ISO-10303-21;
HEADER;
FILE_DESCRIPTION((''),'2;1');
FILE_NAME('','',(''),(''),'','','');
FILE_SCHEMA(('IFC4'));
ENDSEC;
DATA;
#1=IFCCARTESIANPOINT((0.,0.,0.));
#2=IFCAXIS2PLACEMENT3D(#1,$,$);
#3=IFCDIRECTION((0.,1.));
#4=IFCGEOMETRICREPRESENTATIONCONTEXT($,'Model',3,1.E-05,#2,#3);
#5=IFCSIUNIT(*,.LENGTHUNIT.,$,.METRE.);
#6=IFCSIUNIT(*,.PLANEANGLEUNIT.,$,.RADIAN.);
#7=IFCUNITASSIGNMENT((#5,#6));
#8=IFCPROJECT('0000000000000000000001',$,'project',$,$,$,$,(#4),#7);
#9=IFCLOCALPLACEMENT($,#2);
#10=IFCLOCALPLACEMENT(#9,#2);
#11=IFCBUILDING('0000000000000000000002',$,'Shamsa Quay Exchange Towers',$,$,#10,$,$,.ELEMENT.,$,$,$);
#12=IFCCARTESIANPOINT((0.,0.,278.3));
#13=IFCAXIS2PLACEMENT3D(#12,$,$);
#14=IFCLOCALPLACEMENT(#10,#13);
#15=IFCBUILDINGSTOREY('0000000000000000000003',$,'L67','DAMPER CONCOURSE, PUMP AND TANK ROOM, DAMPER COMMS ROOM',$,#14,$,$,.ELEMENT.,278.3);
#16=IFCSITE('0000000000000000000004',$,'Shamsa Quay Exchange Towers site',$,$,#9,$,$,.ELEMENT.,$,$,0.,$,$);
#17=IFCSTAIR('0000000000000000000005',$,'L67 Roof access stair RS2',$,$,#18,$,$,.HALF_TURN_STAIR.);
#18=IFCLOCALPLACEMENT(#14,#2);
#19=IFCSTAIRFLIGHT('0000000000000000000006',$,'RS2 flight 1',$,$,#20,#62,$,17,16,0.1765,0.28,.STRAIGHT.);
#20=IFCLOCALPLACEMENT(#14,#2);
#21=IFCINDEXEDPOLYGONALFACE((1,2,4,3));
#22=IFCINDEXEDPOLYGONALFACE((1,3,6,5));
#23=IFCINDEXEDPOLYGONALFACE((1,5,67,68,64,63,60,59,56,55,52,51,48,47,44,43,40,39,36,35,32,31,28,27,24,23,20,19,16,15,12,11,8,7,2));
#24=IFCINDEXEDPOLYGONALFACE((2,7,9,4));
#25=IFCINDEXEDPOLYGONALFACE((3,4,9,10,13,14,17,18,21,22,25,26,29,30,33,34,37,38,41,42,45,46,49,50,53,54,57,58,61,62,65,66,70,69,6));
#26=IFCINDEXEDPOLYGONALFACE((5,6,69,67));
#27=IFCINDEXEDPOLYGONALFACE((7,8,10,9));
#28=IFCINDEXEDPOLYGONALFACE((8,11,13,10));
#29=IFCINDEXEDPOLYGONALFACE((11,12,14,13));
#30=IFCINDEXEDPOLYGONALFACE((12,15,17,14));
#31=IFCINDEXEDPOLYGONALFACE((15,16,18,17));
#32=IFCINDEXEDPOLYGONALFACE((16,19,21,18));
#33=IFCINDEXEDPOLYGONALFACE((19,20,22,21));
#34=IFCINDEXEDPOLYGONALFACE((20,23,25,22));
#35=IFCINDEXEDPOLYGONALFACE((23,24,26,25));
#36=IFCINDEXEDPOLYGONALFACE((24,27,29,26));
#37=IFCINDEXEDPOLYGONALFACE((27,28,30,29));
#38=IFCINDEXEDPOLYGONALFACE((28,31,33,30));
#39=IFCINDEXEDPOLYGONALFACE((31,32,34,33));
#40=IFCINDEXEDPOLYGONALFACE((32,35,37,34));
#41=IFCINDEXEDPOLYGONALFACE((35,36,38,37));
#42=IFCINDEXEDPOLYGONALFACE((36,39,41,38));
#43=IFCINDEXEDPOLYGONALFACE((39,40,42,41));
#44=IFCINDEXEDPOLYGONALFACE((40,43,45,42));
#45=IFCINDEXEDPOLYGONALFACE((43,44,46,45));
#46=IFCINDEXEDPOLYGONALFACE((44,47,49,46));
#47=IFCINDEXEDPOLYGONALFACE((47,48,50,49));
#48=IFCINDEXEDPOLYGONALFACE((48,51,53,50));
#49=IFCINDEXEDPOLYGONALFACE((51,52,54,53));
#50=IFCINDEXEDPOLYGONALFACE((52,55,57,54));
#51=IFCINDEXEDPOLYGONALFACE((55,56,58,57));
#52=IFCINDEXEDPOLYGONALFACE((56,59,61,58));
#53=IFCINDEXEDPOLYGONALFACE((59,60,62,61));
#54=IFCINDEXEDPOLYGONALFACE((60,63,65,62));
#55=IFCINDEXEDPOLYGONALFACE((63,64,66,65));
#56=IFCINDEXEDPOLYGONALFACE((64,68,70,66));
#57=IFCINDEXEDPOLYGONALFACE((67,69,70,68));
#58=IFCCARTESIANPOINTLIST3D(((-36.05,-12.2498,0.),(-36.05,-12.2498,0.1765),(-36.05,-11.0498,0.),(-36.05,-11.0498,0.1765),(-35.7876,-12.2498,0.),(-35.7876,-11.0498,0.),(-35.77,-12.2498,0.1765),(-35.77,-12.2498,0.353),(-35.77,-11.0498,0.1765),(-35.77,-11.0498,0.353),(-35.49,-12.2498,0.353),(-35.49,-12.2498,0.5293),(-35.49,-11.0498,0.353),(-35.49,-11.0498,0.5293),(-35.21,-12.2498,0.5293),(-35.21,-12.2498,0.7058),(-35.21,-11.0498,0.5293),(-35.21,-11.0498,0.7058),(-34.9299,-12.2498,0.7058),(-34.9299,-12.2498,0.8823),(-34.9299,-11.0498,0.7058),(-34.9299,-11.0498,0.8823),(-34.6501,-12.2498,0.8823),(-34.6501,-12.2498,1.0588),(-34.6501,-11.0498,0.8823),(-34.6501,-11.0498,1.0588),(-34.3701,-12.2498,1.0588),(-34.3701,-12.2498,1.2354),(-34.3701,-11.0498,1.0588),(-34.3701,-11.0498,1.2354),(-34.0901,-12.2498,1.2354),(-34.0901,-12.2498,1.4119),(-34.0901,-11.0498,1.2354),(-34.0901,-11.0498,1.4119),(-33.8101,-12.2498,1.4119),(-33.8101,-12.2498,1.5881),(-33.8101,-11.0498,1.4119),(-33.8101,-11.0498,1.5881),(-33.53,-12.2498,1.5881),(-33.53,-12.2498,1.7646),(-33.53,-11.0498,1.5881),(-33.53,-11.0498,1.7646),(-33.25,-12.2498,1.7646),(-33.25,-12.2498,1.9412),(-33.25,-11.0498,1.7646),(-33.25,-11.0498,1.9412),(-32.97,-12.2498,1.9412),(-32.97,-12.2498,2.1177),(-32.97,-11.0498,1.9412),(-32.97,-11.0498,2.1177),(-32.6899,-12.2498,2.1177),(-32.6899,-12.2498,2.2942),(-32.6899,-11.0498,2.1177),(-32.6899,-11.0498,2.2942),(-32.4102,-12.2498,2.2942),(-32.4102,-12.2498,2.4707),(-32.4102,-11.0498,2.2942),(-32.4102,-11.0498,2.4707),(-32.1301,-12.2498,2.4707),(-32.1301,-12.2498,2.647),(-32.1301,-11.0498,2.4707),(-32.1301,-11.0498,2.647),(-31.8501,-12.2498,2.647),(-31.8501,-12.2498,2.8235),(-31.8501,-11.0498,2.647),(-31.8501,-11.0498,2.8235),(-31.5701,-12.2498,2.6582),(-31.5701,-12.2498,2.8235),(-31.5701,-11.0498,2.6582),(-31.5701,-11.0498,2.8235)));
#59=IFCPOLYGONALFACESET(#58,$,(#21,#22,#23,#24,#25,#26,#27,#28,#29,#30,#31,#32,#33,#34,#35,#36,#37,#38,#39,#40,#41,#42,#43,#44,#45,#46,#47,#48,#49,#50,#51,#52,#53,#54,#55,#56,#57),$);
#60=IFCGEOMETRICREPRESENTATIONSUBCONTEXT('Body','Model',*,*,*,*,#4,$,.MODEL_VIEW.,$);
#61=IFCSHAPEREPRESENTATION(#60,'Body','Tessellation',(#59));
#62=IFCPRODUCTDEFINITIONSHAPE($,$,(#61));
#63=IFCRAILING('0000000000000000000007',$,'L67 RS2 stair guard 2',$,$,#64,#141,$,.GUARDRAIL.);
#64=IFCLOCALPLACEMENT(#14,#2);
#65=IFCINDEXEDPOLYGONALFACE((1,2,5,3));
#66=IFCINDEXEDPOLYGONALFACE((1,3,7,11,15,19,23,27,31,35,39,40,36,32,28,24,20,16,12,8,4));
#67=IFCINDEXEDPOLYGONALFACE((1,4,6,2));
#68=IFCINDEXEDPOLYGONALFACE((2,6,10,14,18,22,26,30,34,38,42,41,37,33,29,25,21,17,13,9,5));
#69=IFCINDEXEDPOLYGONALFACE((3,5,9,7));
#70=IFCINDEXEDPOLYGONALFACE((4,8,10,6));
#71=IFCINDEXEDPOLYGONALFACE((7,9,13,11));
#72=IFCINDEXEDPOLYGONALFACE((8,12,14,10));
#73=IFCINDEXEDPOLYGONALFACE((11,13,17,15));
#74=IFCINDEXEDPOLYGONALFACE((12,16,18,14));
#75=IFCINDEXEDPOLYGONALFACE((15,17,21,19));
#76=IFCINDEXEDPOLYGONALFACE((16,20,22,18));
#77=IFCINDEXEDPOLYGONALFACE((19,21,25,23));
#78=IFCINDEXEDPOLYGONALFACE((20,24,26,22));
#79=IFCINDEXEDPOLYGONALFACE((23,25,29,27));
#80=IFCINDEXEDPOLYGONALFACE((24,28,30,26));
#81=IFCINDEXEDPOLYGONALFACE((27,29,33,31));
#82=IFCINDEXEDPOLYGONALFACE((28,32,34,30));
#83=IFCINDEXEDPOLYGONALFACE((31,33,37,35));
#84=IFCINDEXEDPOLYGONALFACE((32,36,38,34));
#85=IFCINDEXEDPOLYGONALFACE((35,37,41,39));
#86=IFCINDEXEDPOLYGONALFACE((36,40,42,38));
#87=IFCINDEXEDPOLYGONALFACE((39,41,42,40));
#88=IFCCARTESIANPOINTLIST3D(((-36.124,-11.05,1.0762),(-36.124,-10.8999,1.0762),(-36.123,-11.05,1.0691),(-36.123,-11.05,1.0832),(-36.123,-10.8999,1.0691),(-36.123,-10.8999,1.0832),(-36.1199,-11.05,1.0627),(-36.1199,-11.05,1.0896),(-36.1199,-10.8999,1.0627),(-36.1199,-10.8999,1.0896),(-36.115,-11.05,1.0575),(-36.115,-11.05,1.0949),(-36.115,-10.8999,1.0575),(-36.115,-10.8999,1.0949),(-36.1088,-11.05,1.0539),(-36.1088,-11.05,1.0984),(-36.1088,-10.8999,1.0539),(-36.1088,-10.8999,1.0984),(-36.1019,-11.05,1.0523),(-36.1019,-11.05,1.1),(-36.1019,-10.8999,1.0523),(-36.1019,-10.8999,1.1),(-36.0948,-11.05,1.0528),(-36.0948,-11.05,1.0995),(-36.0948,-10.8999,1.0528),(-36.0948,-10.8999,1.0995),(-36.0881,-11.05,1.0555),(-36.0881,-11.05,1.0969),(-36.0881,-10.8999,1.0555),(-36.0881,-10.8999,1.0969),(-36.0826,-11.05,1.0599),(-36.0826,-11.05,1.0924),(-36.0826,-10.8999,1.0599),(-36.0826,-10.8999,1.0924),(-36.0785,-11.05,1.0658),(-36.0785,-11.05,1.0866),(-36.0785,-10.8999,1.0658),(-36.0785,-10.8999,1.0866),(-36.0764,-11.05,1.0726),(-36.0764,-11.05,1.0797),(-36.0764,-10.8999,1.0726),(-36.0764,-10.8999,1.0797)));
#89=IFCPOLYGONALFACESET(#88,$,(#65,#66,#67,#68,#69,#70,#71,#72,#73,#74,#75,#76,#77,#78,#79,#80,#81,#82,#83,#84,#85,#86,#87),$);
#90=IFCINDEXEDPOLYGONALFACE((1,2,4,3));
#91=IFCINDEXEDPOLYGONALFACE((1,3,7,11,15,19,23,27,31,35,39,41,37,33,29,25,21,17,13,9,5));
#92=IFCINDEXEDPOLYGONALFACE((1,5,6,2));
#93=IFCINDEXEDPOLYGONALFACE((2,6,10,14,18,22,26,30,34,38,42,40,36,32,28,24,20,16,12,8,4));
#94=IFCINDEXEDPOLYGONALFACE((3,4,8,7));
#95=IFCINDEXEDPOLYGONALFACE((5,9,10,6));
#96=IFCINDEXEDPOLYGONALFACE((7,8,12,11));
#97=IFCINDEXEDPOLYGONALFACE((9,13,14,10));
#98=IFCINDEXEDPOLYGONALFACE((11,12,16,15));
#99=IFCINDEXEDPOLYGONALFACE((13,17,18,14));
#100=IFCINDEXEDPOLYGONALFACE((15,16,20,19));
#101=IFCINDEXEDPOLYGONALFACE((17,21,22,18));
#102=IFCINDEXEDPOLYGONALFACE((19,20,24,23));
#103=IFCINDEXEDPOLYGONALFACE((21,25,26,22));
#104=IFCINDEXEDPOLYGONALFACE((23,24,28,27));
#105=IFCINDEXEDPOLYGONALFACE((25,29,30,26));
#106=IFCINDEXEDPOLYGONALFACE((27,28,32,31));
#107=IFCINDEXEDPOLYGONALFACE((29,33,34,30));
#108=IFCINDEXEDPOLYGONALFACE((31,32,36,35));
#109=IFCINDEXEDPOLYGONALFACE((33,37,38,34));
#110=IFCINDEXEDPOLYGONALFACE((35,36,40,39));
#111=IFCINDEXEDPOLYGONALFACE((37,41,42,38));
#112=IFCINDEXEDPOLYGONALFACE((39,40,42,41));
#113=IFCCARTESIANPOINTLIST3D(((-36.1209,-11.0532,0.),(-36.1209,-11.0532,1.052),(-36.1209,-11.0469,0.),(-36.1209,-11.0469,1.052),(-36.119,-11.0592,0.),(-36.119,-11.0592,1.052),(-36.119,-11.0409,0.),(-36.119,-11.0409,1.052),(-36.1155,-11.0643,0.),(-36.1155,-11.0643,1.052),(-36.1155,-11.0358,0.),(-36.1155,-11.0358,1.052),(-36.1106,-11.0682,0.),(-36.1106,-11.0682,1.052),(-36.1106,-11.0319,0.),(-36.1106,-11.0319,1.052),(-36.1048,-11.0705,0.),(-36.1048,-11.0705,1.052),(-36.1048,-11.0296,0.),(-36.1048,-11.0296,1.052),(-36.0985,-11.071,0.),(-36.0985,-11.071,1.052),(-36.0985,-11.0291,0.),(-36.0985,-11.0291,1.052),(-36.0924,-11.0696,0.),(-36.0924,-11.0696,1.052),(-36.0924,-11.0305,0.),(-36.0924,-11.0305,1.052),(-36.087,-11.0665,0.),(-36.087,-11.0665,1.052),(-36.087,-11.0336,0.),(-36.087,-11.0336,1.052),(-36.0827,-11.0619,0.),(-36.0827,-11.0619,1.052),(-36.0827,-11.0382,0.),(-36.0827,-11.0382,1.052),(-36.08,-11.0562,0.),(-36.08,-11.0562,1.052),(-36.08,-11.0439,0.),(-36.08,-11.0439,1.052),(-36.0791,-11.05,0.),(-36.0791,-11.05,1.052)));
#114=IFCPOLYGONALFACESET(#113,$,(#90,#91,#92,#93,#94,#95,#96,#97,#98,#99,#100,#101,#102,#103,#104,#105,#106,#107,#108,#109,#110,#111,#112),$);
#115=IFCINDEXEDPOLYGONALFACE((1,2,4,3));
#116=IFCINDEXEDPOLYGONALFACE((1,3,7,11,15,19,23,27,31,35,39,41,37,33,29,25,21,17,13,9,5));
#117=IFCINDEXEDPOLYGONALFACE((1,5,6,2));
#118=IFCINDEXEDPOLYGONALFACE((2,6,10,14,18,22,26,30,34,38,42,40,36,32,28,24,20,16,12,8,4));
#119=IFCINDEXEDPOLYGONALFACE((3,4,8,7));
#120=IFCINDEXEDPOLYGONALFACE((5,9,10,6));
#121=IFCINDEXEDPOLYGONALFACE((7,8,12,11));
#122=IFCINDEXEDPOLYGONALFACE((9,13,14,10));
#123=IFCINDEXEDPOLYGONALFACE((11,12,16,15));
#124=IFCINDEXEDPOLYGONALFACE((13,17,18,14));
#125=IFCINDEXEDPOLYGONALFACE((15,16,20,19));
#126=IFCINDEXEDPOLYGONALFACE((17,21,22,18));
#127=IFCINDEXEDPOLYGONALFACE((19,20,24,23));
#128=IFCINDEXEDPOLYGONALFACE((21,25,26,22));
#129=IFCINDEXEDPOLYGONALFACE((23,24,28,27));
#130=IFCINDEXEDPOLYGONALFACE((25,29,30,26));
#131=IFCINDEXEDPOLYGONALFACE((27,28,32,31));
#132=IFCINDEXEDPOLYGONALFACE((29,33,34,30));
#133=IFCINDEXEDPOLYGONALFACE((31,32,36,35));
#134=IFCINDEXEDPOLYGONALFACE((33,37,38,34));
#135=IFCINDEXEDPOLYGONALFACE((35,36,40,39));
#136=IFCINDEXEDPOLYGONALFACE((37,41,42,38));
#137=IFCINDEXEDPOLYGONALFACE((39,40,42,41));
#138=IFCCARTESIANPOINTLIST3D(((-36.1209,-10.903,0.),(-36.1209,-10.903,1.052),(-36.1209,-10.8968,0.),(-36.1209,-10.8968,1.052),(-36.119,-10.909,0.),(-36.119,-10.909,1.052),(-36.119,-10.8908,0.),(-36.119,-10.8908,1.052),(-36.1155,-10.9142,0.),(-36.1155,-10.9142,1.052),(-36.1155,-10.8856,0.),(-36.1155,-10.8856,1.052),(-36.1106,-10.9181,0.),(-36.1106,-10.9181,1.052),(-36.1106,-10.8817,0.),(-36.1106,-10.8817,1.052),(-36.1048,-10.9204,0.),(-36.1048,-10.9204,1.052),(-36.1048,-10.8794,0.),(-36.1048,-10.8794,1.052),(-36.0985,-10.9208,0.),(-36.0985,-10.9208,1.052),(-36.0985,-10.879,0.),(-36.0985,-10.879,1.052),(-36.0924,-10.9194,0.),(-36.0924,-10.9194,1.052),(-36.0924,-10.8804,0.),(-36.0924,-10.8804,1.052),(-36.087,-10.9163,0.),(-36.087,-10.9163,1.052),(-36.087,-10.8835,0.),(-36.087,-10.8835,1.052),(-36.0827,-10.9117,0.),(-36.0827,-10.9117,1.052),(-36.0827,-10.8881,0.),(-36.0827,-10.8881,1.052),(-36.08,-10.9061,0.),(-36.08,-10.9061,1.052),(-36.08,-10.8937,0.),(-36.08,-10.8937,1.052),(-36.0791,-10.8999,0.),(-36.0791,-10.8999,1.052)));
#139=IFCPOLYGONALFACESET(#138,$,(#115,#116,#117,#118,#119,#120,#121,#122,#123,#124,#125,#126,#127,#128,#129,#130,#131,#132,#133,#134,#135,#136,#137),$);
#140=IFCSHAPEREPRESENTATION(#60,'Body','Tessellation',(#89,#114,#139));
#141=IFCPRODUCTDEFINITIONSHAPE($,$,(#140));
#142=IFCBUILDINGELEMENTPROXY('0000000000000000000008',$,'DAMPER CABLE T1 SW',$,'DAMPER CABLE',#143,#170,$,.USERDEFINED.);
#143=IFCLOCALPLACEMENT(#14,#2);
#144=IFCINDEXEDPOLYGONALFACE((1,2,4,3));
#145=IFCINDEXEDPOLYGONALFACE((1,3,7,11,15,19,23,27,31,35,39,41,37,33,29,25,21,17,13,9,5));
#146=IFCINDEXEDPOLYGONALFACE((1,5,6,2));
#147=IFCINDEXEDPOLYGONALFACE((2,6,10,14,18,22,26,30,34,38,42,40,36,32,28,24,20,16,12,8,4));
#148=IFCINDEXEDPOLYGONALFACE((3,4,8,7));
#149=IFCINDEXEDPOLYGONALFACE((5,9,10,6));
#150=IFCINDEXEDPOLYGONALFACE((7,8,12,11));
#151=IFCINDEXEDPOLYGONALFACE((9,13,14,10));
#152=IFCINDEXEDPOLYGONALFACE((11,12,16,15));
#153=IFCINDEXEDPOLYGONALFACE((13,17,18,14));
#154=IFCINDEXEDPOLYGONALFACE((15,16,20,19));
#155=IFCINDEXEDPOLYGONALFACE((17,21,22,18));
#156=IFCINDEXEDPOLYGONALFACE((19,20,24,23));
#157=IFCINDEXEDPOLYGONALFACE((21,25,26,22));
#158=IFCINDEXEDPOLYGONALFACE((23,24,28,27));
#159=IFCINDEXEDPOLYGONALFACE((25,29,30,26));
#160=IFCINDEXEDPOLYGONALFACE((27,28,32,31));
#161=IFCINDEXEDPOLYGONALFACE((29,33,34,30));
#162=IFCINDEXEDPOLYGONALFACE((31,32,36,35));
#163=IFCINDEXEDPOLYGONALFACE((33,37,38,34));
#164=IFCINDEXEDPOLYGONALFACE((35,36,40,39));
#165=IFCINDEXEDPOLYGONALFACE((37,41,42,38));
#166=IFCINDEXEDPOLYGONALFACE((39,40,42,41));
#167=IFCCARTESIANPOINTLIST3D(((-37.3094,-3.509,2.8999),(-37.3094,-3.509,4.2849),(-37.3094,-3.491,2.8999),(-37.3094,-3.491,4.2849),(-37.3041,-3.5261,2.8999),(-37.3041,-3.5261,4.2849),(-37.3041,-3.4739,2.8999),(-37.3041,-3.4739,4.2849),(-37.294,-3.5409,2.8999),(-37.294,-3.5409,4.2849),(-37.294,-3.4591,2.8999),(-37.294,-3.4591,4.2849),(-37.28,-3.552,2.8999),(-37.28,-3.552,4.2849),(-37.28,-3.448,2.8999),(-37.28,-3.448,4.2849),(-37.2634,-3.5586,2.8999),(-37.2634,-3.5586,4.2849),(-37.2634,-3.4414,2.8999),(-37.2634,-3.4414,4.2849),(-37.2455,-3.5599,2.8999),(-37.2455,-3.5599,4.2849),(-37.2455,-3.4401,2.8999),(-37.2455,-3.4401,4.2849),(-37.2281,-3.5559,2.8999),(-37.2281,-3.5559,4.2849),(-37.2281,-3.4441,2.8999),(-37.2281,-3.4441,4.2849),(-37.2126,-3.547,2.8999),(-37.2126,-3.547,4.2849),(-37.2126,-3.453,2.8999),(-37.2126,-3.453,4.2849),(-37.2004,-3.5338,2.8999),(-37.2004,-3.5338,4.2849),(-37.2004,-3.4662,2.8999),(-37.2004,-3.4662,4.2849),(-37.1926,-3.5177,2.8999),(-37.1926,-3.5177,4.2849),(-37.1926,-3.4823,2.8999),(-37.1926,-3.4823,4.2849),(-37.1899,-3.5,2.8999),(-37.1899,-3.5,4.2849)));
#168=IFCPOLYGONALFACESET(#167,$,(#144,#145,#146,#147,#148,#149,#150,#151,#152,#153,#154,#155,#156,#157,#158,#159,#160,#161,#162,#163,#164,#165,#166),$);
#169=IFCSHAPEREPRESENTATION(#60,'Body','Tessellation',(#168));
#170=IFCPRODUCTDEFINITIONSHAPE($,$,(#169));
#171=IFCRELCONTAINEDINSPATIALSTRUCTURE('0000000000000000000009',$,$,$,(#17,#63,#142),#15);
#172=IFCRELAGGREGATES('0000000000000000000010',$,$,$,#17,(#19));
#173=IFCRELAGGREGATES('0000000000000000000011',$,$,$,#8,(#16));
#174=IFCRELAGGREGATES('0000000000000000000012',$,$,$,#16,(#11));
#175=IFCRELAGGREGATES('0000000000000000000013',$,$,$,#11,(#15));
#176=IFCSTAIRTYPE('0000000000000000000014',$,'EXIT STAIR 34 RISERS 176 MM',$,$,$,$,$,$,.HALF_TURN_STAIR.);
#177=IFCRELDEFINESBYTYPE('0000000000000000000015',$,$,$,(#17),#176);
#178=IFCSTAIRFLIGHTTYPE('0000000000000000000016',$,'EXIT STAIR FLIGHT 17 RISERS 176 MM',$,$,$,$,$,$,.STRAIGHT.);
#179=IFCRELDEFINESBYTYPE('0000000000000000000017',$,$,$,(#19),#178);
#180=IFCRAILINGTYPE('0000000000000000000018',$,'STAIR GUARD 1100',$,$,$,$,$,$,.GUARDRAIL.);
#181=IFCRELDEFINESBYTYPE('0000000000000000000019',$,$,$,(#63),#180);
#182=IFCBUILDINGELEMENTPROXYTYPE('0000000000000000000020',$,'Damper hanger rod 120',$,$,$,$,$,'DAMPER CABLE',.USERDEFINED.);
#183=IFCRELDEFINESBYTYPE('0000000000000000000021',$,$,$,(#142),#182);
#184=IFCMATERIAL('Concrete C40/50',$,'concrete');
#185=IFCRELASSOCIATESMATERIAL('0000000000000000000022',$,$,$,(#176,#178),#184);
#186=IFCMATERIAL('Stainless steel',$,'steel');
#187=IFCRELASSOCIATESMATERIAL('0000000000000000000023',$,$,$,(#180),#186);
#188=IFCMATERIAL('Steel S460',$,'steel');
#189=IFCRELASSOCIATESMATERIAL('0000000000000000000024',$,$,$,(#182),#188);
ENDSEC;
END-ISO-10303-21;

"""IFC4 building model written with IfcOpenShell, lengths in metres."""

from ifc_helpers import new_model, si_unit, direction, frame, origin, origin_2d, place, context, subcontext, project, spatial, polyline, circle, outline, extrude, material, material_profile, profile_set, type_object, element, aggregate, save


model = new_model("IFC4")

# Units and contexts
model_context = context("Model", 3, precision=1e-05, world=origin(), true_north=direction((0.0, 1.0)))
body_context = subcontext(model_context, "Body", "Model", "MODEL_VIEW")
ifc_project = project(units=[si_unit("LENGTHUNIT", "METRE"), si_unit("PLANEANGLEUNIT", "RADIAN")], contexts=[model_context])

# Site, building, storey
site_placement = place(None, origin())
site = spatial("IfcSite", under=ifc_project, at=site_placement, Name="Shamsa Quay Exchange Towers site", CompositionType="ELEMENT", RefElevation=0.0)
building_placement = place(site_placement, origin())
building = spatial("IfcBuilding", under=site, at=building_placement, Name="Shamsa Quay Exchange Towers", CompositionType="ELEMENT")
storey_placement = place(building_placement, frame((0.0, 0.0, 278.3)))
storey = spatial("IfcBuildingStorey", under=building, at=storey_placement, Name="L67", Description="DAMPER CONCOURSE, PUMP AND TANK ROOM, DAMPER COMMS ROOM", CompositionType="ELEMENT", Elevation=278.3)

# Stair, stair flight
ifc_material_1 = material(Name="Concrete C40/50", Category="concrete")
stair_type = type_object("IfcStairType", Name="EXIT STAIR 34 RISERS 176 MM", PredefinedType="HALF_TURN_STAIR", material=ifc_material_1)
stair_placement = place(storey_placement, origin())
stair = element("IfcStair", 1, at=stair_placement, inside=storey, type_object=stair_type, Name="L67 Roof access stair RS2", PredefinedType="HALF_TURN_STAIR")
stair_flight_type = type_object("IfcStairFlightType", Name="EXIT STAIR FLIGHT 17 RISERS 176 MM", PredefinedType="STRAIGHT", material=ifc_material_1)
stair_flight_placement = place(storey_placement, frame((-36.05, -11.6499, 0.0)))
stair_flight = element("IfcStairFlight", 2, at=stair_flight_placement, type_object=stair_flight_type, Name="RS2 flight 1", NumberOfRisers=17, NumberOfTreads=16, PredefinedType="STRAIGHT", RiserHeight=0.1765, TreadLength=0.28, context=body_context, shape_type="SweptSolid", body=[
    extrude(outline(polyline([(0.0, 0.0), (0.0, 0.1765), (0.28, 0.1765), (0.28, 0.353), (0.5601, 0.353), (0.5601, 0.5293), (0.8401, 0.5293), (0.8401, 0.7058), (1.1201, 0.7058), (1.1201, 0.8823), (1.3999, 0.8823), (1.3999, 1.0588), (1.6799, 1.0588), (1.6799, 1.2354), (1.96, 1.2354), (1.96, 1.4119), (2.24, 1.4119), (2.24, 1.5881), (2.52, 1.5881), (2.52, 1.7646), (2.8, 1.7646), (2.8, 1.9412), (3.0801, 1.9412), (3.0801, 2.1177), (3.3601, 2.1177), (3.3601, 2.2942), (3.6399, 2.2942), (3.6399, 2.4707), (3.9199, 2.4707), (3.9199, 2.647), (4.2, 2.647), (4.2, 2.8235), (4.48, 2.8235), (4.48, 3.0), (4.48, 2.6582), (0.2625, 0.0), (0.0, 0.0)])), frame((0.0, 0.6001, 0.0), z_axis=(0.0, -1.0, 0.0), x_axis=(1.0, 0.0, 0.0)), (0.0, 0.0, 1.0), 1.2),
])
aggregate(stair, [stair_flight])

# Railing
ifc_material_2 = material(Name="Stainless steel", Category="steel")
railing_type_1 = type_object("IfcRailingType", Name="STAIR GUARD 1100", PredefinedType="GUARDRAIL", material=ifc_material_2)
railing_1_placement = place(storey_placement, frame((-36.1001, -11.05, 0.0)))
element("IfcRailing", 3, at=railing_1_placement, inside=storey, type_object=railing_type_1, Name="L67 RS2 stair guard 2", PredefinedType="GUARDRAIL", context=body_context, shape_type="SweptSolid", body=[
    extrude(circle(Radius=0.0239, at=origin_2d()), frame((0.0, 0.0, 1.0762), z_axis=(0.0, 1.0, 0.0), x_axis=(-1.0, 0.0, 0.0)), (0.0, 0.0, 1.0), 0.1501),
    extrude(circle(Radius=0.021, at=origin_2d()), origin(), (0.0, 0.0, 1.0), 1.052),
    extrude(circle(Radius=0.021, at=origin_2d()), frame((0.0, 0.1501, 0.0)), (0.0, 0.0, 1.0), 1.052),
])

# Building element proxy
ifc_material_3 = material(Name="Steel S460", Category="steel")
ifc_material_profile_1 = material_profile(ifc_material_3, circle(Radius=0.0601, at=origin_2d()), Name="R120")
ifc_profile_set_1 = profile_set([ifc_material_profile_1], Name="Steel S460")
building_element_proxy_type = type_object("IfcBuildingElementProxyType", Name="Damper hanger rod 120", ElementType="DAMPER CABLE", PredefinedType="USERDEFINED", material=ifc_profile_set_1)
proxy_placement = place(storey_placement, frame((-37.25, -3.5, 2.8999)))
element("IfcBuildingElementProxy", 4, at=proxy_placement, inside=storey, type_object=building_element_proxy_type, Name="DAMPER CABLE T1 SW", ObjectType="DAMPER CABLE", PredefinedType="USERDEFINED", context=body_context, shape_type="SweptSolid", body=[
    extrude(circle(Radius=0.0601, at=origin_2d()), origin(), (0.0, 0.0, 1.0), 1.385),
])

save(model, "model.ifc")
